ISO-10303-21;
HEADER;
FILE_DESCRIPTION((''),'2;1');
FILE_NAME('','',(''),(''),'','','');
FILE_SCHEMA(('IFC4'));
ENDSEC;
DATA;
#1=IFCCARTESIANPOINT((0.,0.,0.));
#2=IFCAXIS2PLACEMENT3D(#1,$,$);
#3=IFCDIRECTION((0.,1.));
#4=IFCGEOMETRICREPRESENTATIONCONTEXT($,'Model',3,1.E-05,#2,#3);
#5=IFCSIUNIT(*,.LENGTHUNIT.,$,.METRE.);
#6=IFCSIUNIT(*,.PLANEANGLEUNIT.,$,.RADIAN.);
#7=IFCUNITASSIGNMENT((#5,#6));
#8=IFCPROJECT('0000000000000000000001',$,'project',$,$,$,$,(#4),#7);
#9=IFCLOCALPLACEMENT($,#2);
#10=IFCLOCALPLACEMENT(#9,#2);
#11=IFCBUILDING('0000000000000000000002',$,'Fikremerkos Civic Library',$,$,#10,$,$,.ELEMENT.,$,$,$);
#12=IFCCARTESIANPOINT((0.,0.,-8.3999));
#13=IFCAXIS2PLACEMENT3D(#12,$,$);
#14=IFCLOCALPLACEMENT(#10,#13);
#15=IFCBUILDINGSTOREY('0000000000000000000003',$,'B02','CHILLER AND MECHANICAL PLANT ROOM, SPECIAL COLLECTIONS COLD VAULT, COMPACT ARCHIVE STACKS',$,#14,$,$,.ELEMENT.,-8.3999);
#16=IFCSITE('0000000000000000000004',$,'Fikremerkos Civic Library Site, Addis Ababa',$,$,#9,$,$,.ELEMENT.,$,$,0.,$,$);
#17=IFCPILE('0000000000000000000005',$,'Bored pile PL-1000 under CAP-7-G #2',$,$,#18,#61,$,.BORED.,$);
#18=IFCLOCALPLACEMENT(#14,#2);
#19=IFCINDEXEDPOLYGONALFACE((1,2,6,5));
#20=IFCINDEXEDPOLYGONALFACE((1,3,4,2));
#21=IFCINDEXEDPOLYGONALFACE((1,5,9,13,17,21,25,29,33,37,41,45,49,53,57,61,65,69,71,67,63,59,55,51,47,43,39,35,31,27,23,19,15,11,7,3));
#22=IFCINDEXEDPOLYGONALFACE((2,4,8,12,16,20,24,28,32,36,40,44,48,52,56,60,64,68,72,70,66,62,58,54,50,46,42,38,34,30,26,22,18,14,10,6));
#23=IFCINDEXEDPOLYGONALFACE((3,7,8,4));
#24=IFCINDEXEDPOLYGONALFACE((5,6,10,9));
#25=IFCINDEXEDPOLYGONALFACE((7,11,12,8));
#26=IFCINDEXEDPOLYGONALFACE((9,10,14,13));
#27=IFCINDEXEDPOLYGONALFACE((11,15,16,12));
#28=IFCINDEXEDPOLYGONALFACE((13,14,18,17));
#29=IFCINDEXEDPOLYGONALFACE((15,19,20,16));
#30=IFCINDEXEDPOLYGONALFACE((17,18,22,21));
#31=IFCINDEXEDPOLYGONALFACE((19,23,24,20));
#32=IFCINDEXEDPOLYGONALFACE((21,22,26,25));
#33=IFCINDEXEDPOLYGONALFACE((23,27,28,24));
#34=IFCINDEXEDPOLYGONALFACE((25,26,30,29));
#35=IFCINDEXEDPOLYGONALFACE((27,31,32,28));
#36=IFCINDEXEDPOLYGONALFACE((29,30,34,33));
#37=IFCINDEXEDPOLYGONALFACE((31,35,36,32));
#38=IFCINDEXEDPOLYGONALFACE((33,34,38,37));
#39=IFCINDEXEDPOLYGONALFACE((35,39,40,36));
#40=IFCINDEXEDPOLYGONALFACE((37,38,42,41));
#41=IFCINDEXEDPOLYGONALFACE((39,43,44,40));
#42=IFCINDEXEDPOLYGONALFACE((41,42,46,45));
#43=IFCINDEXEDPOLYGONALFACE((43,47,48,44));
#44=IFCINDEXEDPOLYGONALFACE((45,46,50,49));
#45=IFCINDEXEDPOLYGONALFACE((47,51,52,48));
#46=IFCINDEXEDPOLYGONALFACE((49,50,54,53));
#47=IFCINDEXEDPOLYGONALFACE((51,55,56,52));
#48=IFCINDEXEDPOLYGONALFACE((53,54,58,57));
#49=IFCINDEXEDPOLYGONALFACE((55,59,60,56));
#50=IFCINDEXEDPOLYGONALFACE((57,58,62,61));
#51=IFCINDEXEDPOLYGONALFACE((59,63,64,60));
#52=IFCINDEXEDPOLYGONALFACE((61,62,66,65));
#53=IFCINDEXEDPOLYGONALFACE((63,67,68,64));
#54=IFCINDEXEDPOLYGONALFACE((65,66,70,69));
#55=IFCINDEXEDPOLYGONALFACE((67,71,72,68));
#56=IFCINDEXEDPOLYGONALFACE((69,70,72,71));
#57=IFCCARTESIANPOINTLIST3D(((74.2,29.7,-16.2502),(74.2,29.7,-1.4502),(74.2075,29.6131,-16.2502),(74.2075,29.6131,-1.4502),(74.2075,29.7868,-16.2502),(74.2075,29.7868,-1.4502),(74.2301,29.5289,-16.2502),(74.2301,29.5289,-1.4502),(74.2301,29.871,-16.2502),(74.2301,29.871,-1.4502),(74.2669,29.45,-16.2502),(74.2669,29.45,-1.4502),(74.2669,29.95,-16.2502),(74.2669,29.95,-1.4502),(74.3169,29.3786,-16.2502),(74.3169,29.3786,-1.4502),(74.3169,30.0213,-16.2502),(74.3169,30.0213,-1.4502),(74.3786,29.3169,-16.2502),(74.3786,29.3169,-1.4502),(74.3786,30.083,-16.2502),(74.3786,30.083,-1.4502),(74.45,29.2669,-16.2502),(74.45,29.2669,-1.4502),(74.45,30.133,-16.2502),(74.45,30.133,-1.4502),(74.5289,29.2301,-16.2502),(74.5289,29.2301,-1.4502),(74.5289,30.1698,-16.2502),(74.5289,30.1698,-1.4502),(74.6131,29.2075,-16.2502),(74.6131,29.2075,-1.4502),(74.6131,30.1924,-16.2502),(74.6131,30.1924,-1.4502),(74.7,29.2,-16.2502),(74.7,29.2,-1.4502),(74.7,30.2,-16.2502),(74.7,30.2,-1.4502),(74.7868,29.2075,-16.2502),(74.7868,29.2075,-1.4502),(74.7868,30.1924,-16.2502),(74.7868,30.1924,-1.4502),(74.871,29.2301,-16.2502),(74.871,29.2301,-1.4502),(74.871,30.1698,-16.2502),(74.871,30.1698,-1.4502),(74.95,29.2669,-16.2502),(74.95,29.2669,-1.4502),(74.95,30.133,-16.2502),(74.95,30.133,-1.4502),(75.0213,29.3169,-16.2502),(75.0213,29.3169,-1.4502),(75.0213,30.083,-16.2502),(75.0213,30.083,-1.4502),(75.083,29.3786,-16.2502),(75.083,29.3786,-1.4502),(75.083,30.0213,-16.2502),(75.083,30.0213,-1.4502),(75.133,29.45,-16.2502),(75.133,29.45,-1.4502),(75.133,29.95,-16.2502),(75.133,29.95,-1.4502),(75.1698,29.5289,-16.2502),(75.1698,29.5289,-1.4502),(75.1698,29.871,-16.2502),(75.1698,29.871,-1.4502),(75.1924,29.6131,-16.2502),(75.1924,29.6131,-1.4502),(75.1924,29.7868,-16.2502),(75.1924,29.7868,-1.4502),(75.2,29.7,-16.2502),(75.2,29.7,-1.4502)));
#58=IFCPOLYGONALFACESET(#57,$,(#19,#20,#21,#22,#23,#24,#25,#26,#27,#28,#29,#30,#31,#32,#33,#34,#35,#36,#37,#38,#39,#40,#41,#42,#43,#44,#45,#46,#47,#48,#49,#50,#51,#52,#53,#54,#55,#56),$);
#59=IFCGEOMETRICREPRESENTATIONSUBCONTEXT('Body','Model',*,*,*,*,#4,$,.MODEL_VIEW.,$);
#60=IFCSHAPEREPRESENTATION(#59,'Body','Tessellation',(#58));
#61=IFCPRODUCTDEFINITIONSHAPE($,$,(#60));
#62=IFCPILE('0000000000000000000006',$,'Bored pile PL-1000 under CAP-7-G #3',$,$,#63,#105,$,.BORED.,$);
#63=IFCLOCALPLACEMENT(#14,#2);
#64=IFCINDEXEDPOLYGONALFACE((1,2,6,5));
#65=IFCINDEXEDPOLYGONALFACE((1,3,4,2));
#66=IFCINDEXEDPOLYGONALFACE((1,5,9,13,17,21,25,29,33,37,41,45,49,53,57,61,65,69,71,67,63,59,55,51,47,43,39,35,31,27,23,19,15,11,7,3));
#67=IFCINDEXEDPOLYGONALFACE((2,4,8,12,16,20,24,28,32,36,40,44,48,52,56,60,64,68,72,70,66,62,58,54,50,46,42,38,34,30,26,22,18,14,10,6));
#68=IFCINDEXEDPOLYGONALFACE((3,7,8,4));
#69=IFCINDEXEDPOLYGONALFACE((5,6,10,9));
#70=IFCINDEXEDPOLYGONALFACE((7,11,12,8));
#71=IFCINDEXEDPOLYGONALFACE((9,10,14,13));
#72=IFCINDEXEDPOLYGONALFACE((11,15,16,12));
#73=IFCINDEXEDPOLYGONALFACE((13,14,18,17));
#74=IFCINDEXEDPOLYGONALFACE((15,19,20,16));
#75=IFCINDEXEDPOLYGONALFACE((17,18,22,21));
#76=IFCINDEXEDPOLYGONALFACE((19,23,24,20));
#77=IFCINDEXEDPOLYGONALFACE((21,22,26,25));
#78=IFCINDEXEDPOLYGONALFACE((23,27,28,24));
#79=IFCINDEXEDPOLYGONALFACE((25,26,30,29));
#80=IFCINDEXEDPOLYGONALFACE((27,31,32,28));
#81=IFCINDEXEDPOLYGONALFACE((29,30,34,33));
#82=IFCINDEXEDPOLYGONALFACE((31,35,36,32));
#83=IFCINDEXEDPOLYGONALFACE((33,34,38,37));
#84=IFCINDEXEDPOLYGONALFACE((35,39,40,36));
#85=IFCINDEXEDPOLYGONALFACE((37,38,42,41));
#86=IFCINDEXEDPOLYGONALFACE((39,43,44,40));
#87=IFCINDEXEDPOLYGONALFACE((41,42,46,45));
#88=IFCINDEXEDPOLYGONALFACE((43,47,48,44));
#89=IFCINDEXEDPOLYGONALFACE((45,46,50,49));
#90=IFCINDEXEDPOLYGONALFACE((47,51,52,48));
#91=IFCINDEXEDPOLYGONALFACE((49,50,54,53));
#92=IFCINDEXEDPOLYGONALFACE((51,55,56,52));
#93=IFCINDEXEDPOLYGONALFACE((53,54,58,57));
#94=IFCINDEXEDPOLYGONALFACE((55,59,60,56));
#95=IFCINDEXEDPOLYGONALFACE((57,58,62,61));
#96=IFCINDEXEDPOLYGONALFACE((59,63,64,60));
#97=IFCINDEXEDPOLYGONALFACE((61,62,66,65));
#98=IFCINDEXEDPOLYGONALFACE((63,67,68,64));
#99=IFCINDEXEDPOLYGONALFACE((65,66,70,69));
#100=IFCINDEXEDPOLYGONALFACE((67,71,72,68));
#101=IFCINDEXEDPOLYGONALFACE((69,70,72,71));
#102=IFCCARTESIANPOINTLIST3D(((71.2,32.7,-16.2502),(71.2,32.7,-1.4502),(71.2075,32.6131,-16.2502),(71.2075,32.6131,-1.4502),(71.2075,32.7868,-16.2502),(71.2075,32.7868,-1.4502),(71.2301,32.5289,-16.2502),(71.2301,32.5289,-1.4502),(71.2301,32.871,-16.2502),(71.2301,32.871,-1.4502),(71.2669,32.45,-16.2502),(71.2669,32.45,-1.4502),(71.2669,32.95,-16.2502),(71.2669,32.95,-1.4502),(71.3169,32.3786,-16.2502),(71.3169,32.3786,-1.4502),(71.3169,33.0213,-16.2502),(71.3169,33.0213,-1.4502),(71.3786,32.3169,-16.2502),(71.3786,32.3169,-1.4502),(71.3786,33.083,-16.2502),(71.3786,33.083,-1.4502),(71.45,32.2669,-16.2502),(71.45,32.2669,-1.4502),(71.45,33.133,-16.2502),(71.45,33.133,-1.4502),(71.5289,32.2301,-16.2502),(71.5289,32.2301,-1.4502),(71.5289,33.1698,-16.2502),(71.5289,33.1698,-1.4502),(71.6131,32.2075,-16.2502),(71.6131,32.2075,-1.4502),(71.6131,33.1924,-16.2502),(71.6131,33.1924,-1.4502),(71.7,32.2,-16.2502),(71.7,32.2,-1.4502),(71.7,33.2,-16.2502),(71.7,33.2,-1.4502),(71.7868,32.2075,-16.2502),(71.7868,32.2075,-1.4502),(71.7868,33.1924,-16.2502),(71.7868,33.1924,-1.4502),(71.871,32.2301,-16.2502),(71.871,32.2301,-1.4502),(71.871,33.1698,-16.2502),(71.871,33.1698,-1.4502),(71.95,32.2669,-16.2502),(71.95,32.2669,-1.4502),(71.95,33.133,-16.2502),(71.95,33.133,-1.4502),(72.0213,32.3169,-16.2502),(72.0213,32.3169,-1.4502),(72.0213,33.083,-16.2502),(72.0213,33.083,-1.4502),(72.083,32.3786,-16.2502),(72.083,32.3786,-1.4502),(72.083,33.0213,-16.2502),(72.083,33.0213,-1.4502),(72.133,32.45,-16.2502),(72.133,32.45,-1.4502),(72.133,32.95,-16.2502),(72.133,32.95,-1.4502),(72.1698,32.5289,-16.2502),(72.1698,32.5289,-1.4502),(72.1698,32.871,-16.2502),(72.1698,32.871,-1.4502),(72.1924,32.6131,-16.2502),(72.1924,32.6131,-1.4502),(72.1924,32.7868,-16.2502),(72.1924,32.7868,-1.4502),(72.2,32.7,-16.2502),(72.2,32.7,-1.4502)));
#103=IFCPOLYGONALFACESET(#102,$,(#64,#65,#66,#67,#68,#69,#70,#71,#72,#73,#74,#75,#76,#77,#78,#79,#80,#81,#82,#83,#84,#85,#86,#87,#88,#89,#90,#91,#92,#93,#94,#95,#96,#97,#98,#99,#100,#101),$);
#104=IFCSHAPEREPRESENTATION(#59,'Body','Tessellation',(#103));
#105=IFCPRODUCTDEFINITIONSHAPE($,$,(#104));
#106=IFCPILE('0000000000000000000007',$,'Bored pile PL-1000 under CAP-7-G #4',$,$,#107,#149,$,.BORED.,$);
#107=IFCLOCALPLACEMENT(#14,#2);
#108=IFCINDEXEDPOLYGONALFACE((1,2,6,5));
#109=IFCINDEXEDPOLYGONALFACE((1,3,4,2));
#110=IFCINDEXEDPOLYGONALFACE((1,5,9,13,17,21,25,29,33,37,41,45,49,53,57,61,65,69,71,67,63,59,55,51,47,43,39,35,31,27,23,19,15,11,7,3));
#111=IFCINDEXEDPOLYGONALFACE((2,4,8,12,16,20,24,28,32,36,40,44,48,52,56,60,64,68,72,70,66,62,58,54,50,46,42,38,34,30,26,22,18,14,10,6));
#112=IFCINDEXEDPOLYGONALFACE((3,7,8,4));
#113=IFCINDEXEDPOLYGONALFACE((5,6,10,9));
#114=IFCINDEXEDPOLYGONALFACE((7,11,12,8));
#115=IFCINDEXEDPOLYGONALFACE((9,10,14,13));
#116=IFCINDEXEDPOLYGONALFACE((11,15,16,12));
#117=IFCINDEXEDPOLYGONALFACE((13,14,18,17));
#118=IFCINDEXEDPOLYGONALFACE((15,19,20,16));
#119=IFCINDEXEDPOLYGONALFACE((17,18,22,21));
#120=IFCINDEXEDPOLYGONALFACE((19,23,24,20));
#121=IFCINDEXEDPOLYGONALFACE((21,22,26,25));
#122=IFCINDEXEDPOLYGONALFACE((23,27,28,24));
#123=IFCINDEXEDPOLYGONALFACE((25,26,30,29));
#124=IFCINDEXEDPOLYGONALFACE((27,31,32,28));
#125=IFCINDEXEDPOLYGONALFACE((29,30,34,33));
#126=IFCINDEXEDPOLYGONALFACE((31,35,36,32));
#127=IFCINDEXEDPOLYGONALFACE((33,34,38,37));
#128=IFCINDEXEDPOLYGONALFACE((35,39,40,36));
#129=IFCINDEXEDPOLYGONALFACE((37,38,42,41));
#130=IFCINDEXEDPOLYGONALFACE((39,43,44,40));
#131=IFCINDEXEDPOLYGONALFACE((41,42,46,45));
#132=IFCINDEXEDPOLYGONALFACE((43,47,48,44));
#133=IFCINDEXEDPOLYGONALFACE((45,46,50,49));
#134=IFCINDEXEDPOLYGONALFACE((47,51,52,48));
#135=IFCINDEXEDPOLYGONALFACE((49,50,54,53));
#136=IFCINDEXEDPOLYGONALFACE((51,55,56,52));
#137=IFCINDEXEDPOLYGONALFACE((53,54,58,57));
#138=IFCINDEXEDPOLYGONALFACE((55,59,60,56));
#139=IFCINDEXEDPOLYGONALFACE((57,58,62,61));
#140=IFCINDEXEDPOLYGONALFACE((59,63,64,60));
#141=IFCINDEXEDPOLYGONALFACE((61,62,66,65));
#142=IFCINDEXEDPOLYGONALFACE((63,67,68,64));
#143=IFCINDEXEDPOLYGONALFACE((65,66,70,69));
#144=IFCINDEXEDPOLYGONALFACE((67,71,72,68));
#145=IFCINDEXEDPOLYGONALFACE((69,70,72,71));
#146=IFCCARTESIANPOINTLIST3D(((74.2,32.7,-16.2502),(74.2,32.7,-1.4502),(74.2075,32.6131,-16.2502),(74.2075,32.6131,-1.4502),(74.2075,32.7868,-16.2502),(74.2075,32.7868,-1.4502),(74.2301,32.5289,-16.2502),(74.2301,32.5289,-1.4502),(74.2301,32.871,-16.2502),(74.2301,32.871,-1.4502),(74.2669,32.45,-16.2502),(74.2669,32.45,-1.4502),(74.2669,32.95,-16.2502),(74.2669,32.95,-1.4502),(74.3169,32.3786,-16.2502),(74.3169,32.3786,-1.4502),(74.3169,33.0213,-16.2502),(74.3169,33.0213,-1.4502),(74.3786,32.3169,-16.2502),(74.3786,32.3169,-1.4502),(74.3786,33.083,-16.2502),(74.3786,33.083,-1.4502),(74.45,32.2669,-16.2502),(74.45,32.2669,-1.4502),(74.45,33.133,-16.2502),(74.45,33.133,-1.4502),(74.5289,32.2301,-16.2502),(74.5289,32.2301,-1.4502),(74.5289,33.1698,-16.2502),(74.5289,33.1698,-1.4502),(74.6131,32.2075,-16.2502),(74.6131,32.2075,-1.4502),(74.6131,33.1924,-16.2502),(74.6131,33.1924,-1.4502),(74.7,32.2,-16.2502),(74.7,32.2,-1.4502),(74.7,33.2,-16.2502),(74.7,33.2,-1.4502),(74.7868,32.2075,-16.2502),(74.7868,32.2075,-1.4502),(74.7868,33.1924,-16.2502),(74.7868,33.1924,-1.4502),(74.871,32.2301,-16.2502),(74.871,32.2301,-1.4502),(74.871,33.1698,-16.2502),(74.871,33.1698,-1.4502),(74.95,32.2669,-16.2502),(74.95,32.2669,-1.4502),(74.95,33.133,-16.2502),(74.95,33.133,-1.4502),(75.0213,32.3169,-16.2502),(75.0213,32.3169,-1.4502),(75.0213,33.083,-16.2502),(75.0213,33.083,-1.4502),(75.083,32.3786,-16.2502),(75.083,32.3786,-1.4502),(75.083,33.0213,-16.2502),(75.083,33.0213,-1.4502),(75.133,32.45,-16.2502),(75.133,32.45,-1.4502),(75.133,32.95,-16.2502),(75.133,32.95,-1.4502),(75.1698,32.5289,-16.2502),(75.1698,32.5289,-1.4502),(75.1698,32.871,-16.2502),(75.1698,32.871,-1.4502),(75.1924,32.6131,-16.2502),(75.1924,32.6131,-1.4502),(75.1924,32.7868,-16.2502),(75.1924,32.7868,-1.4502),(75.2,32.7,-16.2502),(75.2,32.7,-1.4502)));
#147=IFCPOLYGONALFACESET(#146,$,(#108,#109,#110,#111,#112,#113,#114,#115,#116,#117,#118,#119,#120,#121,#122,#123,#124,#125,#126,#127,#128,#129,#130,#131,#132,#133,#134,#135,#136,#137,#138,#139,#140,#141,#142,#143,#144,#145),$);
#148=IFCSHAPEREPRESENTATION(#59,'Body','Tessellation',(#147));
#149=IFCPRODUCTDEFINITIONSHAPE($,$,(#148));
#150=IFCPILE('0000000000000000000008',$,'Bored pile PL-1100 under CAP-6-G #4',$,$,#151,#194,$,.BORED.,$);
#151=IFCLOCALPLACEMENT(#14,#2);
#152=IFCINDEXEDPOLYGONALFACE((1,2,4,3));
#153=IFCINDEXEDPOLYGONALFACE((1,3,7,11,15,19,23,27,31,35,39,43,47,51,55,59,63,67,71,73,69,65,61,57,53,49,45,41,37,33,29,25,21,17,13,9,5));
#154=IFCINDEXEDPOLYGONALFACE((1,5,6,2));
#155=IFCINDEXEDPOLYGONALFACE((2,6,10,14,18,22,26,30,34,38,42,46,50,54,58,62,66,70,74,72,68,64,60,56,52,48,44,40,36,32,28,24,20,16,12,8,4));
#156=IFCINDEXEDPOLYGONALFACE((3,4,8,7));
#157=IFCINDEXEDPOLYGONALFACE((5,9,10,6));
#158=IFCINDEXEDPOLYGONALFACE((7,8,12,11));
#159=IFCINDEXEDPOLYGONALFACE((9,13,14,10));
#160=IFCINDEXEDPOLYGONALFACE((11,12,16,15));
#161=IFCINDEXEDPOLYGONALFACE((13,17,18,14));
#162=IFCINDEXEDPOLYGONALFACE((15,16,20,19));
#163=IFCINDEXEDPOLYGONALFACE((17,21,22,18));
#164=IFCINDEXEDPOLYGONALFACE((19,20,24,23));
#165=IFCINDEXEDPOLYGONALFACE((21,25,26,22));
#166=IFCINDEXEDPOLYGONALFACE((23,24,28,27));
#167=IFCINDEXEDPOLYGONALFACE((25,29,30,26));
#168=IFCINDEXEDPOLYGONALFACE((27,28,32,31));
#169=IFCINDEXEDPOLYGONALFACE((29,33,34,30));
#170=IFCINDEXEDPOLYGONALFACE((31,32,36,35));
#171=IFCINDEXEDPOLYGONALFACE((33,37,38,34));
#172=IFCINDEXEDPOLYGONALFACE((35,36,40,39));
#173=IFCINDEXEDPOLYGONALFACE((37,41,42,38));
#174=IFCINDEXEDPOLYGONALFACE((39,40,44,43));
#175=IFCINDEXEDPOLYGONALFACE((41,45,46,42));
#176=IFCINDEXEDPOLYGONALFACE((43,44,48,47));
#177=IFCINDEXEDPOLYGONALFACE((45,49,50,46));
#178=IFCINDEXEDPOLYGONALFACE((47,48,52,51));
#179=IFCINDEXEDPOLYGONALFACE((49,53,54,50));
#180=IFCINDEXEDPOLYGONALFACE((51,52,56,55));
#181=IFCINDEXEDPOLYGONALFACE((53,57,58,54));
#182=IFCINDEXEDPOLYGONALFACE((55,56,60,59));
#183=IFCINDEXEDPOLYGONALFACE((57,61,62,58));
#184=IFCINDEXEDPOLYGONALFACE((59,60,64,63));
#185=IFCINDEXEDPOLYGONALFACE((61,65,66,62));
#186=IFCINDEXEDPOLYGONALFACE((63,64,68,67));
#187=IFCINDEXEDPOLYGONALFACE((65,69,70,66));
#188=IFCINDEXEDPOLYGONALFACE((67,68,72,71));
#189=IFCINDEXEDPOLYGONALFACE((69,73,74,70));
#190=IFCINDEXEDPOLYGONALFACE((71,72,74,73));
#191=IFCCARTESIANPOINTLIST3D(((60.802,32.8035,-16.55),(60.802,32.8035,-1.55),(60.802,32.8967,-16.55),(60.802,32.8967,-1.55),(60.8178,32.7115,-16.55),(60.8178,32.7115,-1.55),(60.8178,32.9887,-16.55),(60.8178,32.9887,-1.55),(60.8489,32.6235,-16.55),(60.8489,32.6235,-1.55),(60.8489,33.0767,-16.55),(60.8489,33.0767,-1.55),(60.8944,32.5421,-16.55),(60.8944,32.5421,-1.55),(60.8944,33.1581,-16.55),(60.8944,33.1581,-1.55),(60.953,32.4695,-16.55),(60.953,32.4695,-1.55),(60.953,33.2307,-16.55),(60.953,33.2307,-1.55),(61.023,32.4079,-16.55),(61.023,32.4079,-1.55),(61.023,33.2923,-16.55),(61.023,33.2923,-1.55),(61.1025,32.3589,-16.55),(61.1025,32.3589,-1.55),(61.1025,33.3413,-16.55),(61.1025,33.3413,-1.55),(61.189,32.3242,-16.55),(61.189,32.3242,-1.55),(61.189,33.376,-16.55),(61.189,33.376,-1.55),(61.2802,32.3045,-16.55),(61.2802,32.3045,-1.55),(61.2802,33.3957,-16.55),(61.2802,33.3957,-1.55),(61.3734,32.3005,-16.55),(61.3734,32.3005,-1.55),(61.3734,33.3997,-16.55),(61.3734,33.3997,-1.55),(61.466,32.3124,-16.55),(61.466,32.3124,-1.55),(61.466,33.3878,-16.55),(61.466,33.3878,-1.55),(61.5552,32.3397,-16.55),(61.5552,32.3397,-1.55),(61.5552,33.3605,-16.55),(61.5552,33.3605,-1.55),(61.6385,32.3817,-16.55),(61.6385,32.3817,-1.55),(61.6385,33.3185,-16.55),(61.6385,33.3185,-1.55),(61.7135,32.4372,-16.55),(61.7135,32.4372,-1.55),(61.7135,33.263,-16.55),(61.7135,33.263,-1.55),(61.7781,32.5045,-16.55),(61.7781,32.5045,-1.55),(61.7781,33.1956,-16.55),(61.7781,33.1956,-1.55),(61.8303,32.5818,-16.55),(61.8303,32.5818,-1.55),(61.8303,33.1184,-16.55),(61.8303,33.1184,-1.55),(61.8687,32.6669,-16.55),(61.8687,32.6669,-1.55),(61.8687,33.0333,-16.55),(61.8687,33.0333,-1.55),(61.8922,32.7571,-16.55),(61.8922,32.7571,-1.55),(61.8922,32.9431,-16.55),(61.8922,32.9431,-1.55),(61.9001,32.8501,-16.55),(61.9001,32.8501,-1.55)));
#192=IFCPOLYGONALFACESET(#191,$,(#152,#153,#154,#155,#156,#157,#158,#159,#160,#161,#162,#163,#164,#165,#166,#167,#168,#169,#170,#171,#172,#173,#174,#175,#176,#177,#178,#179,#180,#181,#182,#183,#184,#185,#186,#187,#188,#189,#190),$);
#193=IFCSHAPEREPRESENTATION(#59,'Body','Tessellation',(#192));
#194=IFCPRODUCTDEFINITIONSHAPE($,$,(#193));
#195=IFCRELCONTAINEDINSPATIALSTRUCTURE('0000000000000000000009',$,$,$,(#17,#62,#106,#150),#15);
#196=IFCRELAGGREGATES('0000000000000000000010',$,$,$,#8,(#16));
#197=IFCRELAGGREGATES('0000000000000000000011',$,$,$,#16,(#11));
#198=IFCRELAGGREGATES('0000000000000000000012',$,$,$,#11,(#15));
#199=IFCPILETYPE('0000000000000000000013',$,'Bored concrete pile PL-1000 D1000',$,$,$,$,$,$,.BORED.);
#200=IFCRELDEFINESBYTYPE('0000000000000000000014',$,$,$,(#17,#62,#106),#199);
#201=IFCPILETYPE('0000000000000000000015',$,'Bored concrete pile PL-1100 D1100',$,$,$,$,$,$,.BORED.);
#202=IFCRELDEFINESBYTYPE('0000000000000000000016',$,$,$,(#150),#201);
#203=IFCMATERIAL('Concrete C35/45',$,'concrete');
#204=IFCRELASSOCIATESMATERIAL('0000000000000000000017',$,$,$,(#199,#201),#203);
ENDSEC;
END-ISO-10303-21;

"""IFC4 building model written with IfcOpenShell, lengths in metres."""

from ifc_helpers import new_model, si_unit, direction, frame, origin, origin_2d, place, context, subcontext, project, spatial, circle, extrude, material, material_profile, profile_set, type_object, element, save


model = new_model("IFC4")

# Units and contexts
model_context = context("Model", 3, precision=1e-05, world=origin(), true_north=direction((0.0, 1.0)))
body_context = subcontext(model_context, "Body", "Model", "MODEL_VIEW")
ifc_project = project(units=[si_unit("LENGTHUNIT", "METRE"), si_unit("PLANEANGLEUNIT", "RADIAN")], contexts=[model_context])

# Site, building, storey
site_placement = place(None, origin())
site = spatial("IfcSite", under=ifc_project, at=site_placement, Name="Fikremerkos Civic Library Site, Addis Ababa", CompositionType="ELEMENT", RefElevation=0.0)
building_placement = place(site_placement, origin())
building = spatial("IfcBuilding", under=site, at=building_placement, Name="Fikremerkos Civic Library", CompositionType="ELEMENT")
storey_placement = place(building_placement, frame((0.0, 0.0, -8.3999)))
storey = spatial("IfcBuildingStorey", under=building, at=storey_placement, Name="B02", Description="CHILLER AND MECHANICAL PLANT ROOM, SPECIAL COLLECTIONS COLD VAULT, COMPACT ARCHIVE STACKS", CompositionType="ELEMENT", Elevation=-8.3999)

# Piles
ifc_material_1 = material(Name="Concrete C35/45", Category="concrete")
ifc_material_profile_1 = material_profile(ifc_material_1, circle(Radius=0.5, at=origin_2d()), Name="BORED PILE 1000")
ifc_profile_set_1 = profile_set([ifc_material_profile_1], Name="Concrete C35/45")
pile_type_1 = type_object("IfcPileType", Name="Bored concrete pile PL-1000 D1000", PredefinedType="BORED", material=ifc_profile_set_1)
for number, where, z_axis, x_axis, name in (
    (1, (74.7, 29.7, -1.4502), (0.0, 0.0, -1.0), (1.0, 0.0, 0.0), "Bored pile PL-1000 under CAP-7-G #2"),
    (2, (71.7, 32.7, -1.4502), (0.0, 0.0, -1.0), (1.0, 0.0, 0.0), "Bored pile PL-1000 under CAP-7-G #3"),
    (3, (74.7, 32.7, -1.4502), (0.0, 0.0, -1.0), (1.0, 0.0, 0.0), "Bored pile PL-1000 under CAP-7-G #4"),
):
    element("IfcPile", number, at=place(storey_placement, frame(where, z_axis=z_axis, x_axis=x_axis)), inside=storey, type_object=pile_type_1, Name=name, PredefinedType="BORED", context=body_context, shape_type="SweptSolid", body=[
        extrude(circle(Radius=0.5, at=origin_2d()), origin(), (0.0, 0.0, 1.0), 14.8),
    ])
ifc_material_profile_2 = material_profile(ifc_material_1, circle(Radius=0.55, at=origin_2d()), Name="BORED PILE 1100")
ifc_profile_set_2 = profile_set([ifc_material_profile_2], Name="Concrete C35/45")
pile_type_2 = type_object("IfcPileType", Name="Bored concrete pile PL-1100 D1100", PredefinedType="BORED", material=ifc_profile_set_2)
pile_placement = place(storey_placement, frame((61.3501, 32.8501, -1.55), z_axis=(0.0, 0.0, -1.0), x_axis=(1.0, 0.0, 0.0)))
element("IfcPile", 4, at=pile_placement, inside=storey, type_object=pile_type_2, Name="Bored pile PL-1100 under CAP-6-G #4", PredefinedType="BORED", context=body_context, shape_type="SweptSolid", body=[
    extrude(circle(Radius=0.55, at=origin_2d()), origin(), (0.0, 0.0, 1.0), 15.0),
])

save(model, "model.ifc")
